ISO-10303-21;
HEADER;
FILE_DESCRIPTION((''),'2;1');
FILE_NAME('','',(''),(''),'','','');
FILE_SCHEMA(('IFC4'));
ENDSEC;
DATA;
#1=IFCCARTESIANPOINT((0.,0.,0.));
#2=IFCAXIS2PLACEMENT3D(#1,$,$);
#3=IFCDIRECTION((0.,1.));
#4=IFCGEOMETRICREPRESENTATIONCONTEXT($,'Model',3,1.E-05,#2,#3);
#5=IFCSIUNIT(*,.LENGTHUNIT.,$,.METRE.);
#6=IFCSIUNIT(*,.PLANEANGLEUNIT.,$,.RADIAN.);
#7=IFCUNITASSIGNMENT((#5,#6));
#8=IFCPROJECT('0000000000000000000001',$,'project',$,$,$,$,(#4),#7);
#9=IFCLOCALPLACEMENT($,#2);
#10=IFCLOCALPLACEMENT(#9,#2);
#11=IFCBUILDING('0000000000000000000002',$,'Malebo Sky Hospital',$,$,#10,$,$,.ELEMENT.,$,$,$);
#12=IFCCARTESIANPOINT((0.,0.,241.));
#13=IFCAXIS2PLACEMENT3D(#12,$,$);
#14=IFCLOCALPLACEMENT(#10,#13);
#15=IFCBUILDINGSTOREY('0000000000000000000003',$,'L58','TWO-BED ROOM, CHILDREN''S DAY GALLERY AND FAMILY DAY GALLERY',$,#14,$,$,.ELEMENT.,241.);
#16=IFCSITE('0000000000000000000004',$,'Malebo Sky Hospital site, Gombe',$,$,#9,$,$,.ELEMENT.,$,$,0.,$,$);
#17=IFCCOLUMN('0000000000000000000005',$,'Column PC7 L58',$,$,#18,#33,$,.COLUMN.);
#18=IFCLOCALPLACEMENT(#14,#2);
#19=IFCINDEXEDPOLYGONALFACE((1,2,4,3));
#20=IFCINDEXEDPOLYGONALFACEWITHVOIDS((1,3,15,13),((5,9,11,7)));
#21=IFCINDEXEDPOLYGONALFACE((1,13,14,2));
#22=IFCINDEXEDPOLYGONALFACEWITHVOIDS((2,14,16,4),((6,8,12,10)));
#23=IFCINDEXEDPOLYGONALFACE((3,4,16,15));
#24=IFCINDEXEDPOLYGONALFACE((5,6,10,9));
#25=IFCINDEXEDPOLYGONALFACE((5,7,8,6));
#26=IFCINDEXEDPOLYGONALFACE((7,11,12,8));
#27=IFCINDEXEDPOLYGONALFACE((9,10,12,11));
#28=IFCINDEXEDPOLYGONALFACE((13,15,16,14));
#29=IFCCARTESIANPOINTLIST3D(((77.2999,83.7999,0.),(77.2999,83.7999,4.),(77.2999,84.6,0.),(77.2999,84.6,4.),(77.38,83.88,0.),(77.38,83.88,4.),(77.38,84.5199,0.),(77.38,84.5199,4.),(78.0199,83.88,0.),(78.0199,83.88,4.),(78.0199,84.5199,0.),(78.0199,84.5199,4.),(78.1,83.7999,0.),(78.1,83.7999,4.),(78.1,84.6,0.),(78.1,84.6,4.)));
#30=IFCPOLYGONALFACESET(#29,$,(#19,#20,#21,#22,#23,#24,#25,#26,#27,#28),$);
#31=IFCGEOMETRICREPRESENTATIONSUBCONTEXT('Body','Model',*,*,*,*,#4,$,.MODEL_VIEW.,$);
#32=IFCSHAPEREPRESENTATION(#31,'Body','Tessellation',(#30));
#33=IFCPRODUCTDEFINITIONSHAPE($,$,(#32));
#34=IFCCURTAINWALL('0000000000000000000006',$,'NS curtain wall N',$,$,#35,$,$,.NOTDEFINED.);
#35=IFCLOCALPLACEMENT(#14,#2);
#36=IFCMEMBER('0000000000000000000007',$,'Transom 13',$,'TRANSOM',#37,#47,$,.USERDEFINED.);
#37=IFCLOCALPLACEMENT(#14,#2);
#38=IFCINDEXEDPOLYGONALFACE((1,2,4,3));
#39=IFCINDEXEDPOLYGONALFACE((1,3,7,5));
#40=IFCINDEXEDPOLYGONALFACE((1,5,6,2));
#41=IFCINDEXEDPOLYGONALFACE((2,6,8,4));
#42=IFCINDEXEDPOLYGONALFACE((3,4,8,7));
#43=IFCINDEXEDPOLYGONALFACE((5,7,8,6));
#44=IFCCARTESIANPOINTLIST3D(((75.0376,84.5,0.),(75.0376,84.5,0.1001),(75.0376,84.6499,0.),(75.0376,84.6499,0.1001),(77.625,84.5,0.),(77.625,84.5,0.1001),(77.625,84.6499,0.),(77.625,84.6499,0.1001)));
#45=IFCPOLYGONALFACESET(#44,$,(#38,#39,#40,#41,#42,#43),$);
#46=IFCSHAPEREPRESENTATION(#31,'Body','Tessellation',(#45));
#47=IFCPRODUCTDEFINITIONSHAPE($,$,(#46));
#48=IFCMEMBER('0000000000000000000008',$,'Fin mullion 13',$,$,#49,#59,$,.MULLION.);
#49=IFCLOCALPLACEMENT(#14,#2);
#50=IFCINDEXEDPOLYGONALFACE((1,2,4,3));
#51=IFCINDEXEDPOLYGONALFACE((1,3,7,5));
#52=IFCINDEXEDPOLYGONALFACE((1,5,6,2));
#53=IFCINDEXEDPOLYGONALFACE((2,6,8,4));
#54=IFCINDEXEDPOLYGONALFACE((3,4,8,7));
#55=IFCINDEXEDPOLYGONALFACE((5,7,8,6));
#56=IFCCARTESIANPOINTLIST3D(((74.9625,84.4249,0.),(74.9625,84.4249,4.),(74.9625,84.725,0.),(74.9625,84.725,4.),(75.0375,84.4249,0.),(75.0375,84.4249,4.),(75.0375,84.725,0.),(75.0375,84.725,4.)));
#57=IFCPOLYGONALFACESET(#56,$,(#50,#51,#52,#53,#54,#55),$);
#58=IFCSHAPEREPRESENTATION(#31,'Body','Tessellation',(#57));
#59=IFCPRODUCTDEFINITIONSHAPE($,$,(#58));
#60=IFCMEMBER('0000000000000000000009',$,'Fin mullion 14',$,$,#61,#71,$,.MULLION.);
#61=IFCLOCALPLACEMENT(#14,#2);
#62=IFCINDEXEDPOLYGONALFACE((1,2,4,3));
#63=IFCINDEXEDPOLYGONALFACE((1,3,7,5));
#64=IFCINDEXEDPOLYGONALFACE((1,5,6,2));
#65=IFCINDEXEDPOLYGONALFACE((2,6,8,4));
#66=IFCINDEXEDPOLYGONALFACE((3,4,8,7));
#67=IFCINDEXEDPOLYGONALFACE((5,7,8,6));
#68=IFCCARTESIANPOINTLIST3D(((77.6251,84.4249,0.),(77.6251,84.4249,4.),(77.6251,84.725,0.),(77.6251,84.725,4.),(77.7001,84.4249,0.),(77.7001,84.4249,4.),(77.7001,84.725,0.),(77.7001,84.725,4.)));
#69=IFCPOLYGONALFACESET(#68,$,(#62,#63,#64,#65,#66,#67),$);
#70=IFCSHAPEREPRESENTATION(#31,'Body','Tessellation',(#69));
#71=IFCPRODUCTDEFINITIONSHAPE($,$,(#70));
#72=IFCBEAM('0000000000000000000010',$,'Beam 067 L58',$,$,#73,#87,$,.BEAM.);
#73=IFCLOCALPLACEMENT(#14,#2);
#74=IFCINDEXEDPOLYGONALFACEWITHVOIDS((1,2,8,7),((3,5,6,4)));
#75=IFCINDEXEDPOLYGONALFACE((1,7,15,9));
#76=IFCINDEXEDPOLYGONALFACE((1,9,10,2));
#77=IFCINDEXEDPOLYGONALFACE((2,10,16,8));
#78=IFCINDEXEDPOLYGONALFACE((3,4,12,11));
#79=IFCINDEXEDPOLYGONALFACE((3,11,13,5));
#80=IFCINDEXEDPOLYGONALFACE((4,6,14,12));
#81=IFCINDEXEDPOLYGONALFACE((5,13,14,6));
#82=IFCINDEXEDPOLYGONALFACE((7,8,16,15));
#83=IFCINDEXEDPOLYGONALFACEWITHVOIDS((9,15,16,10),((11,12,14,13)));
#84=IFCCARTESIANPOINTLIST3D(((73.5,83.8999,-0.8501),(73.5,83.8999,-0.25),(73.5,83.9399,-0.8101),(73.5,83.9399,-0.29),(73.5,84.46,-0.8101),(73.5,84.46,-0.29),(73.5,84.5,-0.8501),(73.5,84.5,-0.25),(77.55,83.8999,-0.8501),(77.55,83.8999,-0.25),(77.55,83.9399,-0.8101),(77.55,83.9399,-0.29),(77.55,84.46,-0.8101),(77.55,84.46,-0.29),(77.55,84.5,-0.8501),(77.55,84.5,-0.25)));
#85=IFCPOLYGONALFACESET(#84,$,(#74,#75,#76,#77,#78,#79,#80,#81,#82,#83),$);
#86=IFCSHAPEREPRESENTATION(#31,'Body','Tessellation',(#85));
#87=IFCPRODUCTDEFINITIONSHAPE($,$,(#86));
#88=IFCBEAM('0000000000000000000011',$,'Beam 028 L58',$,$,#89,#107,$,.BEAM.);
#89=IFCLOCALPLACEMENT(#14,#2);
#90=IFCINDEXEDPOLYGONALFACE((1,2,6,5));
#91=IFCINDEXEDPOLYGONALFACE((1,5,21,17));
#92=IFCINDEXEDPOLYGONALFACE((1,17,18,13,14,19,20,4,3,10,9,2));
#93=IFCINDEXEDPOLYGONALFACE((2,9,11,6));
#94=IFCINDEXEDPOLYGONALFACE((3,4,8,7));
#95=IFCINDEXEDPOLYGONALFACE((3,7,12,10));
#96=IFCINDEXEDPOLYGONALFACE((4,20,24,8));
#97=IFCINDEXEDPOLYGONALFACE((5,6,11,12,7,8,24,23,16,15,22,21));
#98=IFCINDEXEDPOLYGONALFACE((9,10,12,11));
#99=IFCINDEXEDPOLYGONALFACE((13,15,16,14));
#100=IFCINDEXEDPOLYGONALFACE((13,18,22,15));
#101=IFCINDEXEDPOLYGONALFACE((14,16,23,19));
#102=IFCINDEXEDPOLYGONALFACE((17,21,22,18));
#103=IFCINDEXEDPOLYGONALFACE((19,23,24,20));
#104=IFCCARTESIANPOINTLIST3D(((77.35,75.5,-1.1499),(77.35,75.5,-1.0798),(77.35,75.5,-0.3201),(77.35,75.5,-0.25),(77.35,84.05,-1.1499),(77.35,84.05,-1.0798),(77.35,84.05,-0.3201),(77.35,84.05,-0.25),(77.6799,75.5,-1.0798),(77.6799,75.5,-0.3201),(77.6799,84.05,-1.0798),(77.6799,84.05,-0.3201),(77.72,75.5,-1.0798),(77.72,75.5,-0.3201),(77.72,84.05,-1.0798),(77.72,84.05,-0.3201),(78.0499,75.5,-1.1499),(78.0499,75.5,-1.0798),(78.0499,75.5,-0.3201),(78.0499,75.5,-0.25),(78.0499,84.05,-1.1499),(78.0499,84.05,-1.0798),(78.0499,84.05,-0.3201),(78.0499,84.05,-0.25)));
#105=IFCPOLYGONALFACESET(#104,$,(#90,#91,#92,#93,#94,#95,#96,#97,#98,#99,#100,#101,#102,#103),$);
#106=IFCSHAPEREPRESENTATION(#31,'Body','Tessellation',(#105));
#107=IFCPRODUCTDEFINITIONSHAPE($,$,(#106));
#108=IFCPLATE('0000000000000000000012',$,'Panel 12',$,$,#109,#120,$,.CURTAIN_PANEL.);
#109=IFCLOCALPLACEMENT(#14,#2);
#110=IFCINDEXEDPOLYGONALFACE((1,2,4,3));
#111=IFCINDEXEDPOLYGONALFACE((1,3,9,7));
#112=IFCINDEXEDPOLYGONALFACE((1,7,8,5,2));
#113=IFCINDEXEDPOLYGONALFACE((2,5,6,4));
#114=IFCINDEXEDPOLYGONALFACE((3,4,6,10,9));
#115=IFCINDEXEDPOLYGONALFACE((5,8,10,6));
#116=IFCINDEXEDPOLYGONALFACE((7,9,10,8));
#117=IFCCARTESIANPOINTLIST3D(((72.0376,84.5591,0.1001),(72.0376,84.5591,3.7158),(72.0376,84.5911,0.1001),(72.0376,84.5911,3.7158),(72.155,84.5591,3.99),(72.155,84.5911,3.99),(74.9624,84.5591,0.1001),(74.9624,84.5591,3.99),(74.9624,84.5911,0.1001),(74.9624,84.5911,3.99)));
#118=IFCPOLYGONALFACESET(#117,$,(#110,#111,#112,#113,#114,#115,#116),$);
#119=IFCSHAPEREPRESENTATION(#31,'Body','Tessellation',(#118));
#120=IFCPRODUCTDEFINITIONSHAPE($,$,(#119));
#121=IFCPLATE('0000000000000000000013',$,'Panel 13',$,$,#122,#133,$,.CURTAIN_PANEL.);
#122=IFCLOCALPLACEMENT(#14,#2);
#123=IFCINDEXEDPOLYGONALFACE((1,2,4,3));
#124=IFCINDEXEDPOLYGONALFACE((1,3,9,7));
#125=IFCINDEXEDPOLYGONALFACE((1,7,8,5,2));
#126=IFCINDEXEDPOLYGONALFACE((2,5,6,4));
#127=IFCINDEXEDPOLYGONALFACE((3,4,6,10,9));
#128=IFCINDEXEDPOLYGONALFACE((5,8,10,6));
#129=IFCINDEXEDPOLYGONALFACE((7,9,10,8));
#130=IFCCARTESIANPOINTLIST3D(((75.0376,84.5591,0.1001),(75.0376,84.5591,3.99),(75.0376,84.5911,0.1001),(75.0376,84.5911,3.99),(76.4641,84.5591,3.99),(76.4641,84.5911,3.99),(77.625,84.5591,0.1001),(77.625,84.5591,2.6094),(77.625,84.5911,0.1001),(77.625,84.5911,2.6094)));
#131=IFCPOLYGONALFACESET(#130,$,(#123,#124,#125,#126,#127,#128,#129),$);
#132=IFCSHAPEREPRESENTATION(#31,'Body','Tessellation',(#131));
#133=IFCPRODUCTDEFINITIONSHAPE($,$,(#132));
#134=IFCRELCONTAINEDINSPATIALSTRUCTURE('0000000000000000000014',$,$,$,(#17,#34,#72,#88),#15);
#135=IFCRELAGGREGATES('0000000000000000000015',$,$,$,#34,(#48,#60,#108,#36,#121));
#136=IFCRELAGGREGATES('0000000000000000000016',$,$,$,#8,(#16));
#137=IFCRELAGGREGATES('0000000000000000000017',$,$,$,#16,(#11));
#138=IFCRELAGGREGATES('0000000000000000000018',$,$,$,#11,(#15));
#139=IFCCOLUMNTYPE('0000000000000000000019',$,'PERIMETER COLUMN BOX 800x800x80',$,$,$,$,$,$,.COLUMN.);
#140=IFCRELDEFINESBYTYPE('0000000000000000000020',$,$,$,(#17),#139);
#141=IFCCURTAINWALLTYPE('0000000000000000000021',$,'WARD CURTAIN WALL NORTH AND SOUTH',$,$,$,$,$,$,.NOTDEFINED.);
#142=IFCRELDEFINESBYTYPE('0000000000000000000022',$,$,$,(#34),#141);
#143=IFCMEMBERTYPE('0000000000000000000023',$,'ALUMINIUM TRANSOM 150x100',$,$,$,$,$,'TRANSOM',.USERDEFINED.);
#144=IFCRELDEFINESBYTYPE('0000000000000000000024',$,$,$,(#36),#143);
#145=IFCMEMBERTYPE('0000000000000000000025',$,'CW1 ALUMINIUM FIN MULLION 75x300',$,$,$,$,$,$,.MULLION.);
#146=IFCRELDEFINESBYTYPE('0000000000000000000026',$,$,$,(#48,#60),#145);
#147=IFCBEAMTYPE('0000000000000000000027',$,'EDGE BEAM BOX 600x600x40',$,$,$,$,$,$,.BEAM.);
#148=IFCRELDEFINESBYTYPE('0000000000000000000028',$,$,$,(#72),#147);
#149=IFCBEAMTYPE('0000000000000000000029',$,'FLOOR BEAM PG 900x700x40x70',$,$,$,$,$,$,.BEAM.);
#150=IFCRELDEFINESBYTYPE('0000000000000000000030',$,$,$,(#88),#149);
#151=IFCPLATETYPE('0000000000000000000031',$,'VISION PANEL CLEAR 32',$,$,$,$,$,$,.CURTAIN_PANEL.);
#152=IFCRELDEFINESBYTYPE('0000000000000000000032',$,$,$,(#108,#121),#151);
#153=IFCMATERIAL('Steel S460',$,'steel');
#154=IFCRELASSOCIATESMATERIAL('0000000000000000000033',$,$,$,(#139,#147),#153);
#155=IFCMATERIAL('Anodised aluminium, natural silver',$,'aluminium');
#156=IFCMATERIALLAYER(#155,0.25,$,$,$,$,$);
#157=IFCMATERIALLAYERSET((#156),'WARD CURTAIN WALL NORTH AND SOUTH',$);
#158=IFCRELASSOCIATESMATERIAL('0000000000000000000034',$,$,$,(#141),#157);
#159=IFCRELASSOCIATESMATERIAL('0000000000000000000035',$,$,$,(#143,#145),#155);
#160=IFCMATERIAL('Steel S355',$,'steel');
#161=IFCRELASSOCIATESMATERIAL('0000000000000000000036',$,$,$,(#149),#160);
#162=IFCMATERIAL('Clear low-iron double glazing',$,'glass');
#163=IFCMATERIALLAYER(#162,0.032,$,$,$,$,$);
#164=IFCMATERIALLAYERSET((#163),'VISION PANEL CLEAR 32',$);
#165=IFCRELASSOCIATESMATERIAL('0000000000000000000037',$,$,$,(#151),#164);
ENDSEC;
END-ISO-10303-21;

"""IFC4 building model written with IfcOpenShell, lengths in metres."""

from ifc_helpers import new_model, si_unit, direction, frame, origin, origin_2d, place, context, subcontext, project, spatial, polyline, rectangle, hollow_rectangle, i_section, outline, extrude, material, layer, layer_set, material_profile, profile_set, type_object, element, aggregate, save


model = new_model("IFC4")

# Units and contexts
model_context = context("Model", 3, precision=1e-05, world=origin(), true_north=direction((0.0, 1.0)))
body_context = subcontext(model_context, "Body", "Model", "MODEL_VIEW")
ifc_project = project(units=[si_unit("LENGTHUNIT", "METRE"), si_unit("PLANEANGLEUNIT", "RADIAN")], contexts=[model_context])

# Site, building, storey
site_placement = place(None, origin())
site = spatial("IfcSite", under=ifc_project, at=site_placement, Name="Malebo Sky Hospital site, Gombe", CompositionType="ELEMENT", RefElevation=0.0)
building_placement = place(site_placement, origin())
building = spatial("IfcBuilding", under=site, at=building_placement, Name="Malebo Sky Hospital", CompositionType="ELEMENT")
storey_placement = place(building_placement, frame((0.0, 0.0, 241.0)))
storey = spatial("IfcBuildingStorey", under=building, at=storey_placement, Name="L58", Description="TWO-BED ROOM, CHILDREN'S DAY GALLERY AND FAMILY DAY GALLERY", CompositionType="ELEMENT", Elevation=241.0)

# Column
ifc_material_1 = material(Name="Steel S460", Category="steel")
ifc_material_profile_1 = material_profile(ifc_material_1, hollow_rectangle(XDim=0.8, YDim=0.8, WallThickness=0.0801, at=origin_2d()), Name="BOX 800x800x80")
ifc_profile_set_1 = profile_set([ifc_material_profile_1], Name="Steel S460")
column_type = type_object("IfcColumnType", Name="PERIMETER COLUMN BOX 800x800x80", PredefinedType="COLUMN", material=ifc_profile_set_1)
column_placement = place(storey_placement, frame((77.7, 84.2, 0.0), z_axis=(0.0, 0.0, 1.0), x_axis=(1.0, 0.0, 0.0)))
element("IfcColumn", 1, at=column_placement, inside=storey, type_object=column_type, Name="Column PC7 L58", PredefinedType="COLUMN", context=body_context, shape_type="SweptSolid", body=[
    extrude(hollow_rectangle(XDim=0.8, YDim=0.8, WallThickness=0.0801, at=origin_2d()), origin(), (0.0, 0.0, 1.0), 4.0),
])

# Curtain wall, members
ifc_material_2 = material(Name="Anodised aluminium, natural silver", Category="aluminium")
ifc_layer_1 = layer(ifc_material_2, 0.25)
ifc_layer_set_1 = layer_set([ifc_layer_1], Name="WARD CURTAIN WALL NORTH AND SOUTH")
curtain_wall_type = type_object("IfcCurtainWallType", Name="WARD CURTAIN WALL NORTH AND SOUTH", PredefinedType="NOTDEFINED", material=ifc_layer_set_1)
curtain_wall_placement = place(storey_placement, origin())
curtain_wall = element("IfcCurtainWall", 2, at=curtain_wall_placement, inside=storey, type_object=curtain_wall_type, Name="NS curtain wall N", PredefinedType="NOTDEFINED")
ifc_material_profile_2 = material_profile(ifc_material_2, rectangle(XDim=0.1499, YDim=0.1001, at=origin_2d()), Name="ALUMINIUM TRANSOM 150x100")
ifc_profile_set_2 = profile_set([ifc_material_profile_2], Name="Anodised aluminium, natural silver")
member_type_1 = type_object("IfcMemberType", Name="ALUMINIUM TRANSOM 150x100", ElementType="TRANSOM", PredefinedType="USERDEFINED", material=ifc_profile_set_2)
member_1_placement = place(storey_placement, frame((75.0376, 84.575, 0.05), z_axis=(1.0, 0.0, 0.0), x_axis=(0.0, 1.0, 0.0)))
member_1 = element("IfcMember", 3, at=member_1_placement, type_object=member_type_1, Name="Transom 13", ObjectType="TRANSOM", PredefinedType="USERDEFINED", context=body_context, shape_type="SweptSolid", body=[
    extrude(rectangle(XDim=0.1499, YDim=0.1001, at=origin_2d()), origin(), (0.0, 0.0, 1.0), 2.5874),
])
ifc_material_profile_3 = material_profile(ifc_material_2, rectangle(XDim=0.075, YDim=0.3, at=origin_2d()), Name="CW1 ALUMINIUM FIN MULLION 75x300")
ifc_profile_set_3 = profile_set([ifc_material_profile_3], Name="Anodised aluminium, natural silver")
member_type_2 = type_object("IfcMemberType", Name="CW1 ALUMINIUM FIN MULLION 75x300", PredefinedType="MULLION", material=ifc_profile_set_3)
member_2_placement = place(storey_placement, frame((75.0, 84.575, 0.0), z_axis=(0.0, 0.0, 1.0), x_axis=(1.0, 0.0, 0.0)))
member_2 = element("IfcMember", 4, at=member_2_placement, type_object=member_type_2, Name="Fin mullion 13", PredefinedType="MULLION", context=body_context, shape_type="SweptSolid", body=[
    extrude(rectangle(XDim=0.075, YDim=0.3, at=origin_2d()), origin(), (0.0, 0.0, 1.0), 4.0),
])
member_3_placement = place(storey_placement, frame((77.6626, 84.575, 0.0), z_axis=(0.0, 0.0, 1.0), x_axis=(1.0, 0.0, 0.0)))
member_3 = element("IfcMember", 5, at=member_3_placement, type_object=member_type_2, Name="Fin mullion 14", PredefinedType="MULLION", context=body_context, shape_type="SweptSolid", body=[
    extrude(rectangle(XDim=0.075, YDim=0.3, at=origin_2d()), origin(), (0.0, 0.0, 1.0), 4.0),
])

# Beams
ifc_material_profile_4 = material_profile(ifc_material_1, hollow_rectangle(XDim=0.6001, YDim=0.6001, WallThickness=0.04, at=origin_2d()), Name="BOX 600x600x40")
ifc_profile_set_4 = profile_set([ifc_material_profile_4], Name="Steel S460")
beam_type_1 = type_object("IfcBeamType", Name="EDGE BEAM BOX 600x600x40", PredefinedType="BEAM", material=ifc_profile_set_4)
beam_1_placement = place(storey_placement, frame((73.5, 84.2, -0.55), z_axis=(1.0, 0.0, 0.0), x_axis=(0.0, 1.0, 0.0)))
element("IfcBeam", 6, at=beam_1_placement, inside=storey, type_object=beam_type_1, Name="Beam 067 L58", PredefinedType="BEAM", context=body_context, shape_type="SweptSolid", body=[
    extrude(hollow_rectangle(XDim=0.6001, YDim=0.6001, WallThickness=0.04, at=origin_2d()), origin(), (0.0, 0.0, 1.0), 4.05),
])
ifc_material_3 = material(Name="Steel S355", Category="steel")
ifc_material_profile_5 = material_profile(ifc_material_3, i_section(OverallWidth=0.7, OverallDepth=0.8999, WebThickness=0.04, FlangeThickness=0.0701, at=origin_2d()), Name="PG 900x700x40x70")
ifc_profile_set_5 = profile_set([ifc_material_profile_5], Name="Steel S355")
beam_type_2 = type_object("IfcBeamType", Name="FLOOR BEAM PG 900x700x40x70", PredefinedType="BEAM", material=ifc_profile_set_5)
beam_2_placement = place(storey_placement, frame((77.7, 75.5, -0.7), z_axis=(0.0, 1.0, 0.0), x_axis=(-1.0, 0.0, 0.0)))
element("IfcBeam", 7, at=beam_2_placement, inside=storey, type_object=beam_type_2, Name="Beam 028 L58", PredefinedType="BEAM", context=body_context, shape_type="SweptSolid", body=[
    extrude(i_section(OverallWidth=0.7, OverallDepth=0.8999, WebThickness=0.04, FlangeThickness=0.0701, at=origin_2d()), origin(), (0.0, 0.0, 1.0), 8.55),
])

# Plates
ifc_material_4 = material(Name="Clear low-iron double glazing", Category="glass")
ifc_layer_2 = layer(ifc_material_4, 0.032)
ifc_layer_set_2 = layer_set([ifc_layer_2], Name="VISION PANEL CLEAR 32")
plate_type = type_object("IfcPlateType", Name="VISION PANEL CLEAR 32", PredefinedType="CURTAIN_PANEL", material=ifc_layer_set_2)
plate_1_placement = place(storey_placement, frame((73.5, 84.575, 0.1001), z_axis=(0.0, 0.0, 1.0), x_axis=(1.0, 0.0, 0.0)))
plate_1 = element("IfcPlate", 8, at=plate_1_placement, type_object=plate_type, Name="Panel 12", PredefinedType="CURTAIN_PANEL", context=body_context, shape_type="SweptSolid", body=[
    extrude(outline(polyline([(-1.4624, 0.0), (1.4624, 0.0), (1.4624, 3.8899), (-1.345, 3.8899), (-1.4624, 3.6157), (-1.4624, 0.0)])), frame((0.0, 0.0161, 0.0), z_axis=(0.0, -1.0, 0.0), x_axis=(1.0, 0.0, 0.0)), (0.0, 0.0, 1.0), 0.032),
])
plate_2_placement = place(storey_placement, frame((76.3313, 84.575, 0.1001), z_axis=(0.0, 0.0, 1.0), x_axis=(1.0, 0.0, 0.0)))
plate_2 = element("IfcPlate", 9, at=plate_2_placement, type_object=plate_type, Name="Panel 13", PredefinedType="CURTAIN_PANEL", context=body_context, shape_type="SweptSolid", body=[
    extrude(outline(polyline([(-1.2937, 0.0), (1.2937, 0.0), (1.2937, 2.5093), (0.1328, 3.8899), (-1.2937, 3.8899), (-1.2937, 0.0)])), frame((0.0, 0.0161, 0.0), z_axis=(0.0, -1.0, 0.0), x_axis=(1.0, 0.0, 0.0)), (0.0, 0.0, 1.0), 0.032),
])
aggregate(curtain_wall, [member_2, member_3, plate_1, member_1, plate_2])

save(model, "model.ifc")
